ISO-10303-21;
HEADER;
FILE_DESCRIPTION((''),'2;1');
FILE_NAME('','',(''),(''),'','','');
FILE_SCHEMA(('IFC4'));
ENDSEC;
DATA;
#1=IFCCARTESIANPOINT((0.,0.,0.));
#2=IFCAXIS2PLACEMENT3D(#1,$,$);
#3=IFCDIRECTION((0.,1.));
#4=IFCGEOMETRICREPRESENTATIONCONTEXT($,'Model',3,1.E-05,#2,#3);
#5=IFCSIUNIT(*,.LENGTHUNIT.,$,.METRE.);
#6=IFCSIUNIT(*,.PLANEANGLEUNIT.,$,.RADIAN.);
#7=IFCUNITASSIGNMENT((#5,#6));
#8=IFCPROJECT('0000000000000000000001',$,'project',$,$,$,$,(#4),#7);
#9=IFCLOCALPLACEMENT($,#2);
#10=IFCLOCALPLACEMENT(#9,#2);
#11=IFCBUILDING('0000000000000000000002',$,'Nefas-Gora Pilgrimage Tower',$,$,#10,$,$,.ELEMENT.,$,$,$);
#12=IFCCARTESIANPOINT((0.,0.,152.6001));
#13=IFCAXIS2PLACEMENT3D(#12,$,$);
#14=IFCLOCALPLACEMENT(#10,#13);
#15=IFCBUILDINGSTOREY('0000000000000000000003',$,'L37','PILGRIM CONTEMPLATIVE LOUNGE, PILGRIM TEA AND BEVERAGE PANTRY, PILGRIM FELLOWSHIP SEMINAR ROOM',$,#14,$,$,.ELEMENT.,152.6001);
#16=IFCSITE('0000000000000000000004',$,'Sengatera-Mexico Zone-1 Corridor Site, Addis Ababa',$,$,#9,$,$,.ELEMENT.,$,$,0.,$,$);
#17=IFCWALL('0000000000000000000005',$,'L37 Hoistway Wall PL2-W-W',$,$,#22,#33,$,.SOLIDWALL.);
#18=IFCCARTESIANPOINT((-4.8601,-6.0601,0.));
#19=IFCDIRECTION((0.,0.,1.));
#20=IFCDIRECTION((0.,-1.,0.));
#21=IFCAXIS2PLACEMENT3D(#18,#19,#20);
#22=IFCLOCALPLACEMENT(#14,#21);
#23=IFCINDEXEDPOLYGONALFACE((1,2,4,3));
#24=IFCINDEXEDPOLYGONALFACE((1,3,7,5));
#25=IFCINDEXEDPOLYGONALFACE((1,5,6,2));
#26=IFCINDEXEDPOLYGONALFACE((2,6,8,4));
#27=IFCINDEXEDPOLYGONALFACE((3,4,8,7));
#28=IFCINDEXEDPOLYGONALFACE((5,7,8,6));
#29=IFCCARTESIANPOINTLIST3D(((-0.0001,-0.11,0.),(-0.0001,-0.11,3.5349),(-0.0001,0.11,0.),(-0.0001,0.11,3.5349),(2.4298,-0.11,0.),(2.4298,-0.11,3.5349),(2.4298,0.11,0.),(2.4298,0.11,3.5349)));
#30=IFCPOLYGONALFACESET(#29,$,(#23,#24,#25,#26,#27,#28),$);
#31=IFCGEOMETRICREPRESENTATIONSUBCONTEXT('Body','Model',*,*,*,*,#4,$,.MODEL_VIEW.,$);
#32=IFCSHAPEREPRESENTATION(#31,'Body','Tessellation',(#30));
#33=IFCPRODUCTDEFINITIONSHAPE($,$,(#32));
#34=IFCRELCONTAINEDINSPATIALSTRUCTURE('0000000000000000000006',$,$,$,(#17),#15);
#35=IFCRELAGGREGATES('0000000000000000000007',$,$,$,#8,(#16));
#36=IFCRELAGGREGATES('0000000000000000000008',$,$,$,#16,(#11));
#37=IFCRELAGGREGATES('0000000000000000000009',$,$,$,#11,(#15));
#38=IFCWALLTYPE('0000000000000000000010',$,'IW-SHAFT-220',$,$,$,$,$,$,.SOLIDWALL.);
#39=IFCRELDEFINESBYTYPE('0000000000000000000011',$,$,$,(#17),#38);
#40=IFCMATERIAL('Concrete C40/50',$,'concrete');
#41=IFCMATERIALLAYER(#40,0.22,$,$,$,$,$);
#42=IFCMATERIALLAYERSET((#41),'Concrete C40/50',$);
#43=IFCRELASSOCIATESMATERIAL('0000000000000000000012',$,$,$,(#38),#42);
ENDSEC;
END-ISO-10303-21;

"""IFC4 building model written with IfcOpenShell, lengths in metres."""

from ifc_helpers import new_model, si_unit, direction, frame, frame_2d, origin, place, context, subcontext, project, spatial, rectangle, extrude, source, transform, mapped, material, layer, layer_set, type_object, element, save


model = new_model("IFC4")

# Units and contexts
model_context = context("Model", 3, precision=1e-05, world=origin(), true_north=direction((0.0, 1.0)))
body_context = subcontext(model_context, "Body", "Model", "MODEL_VIEW")
ifc_project = project(units=[si_unit("LENGTHUNIT", "METRE"), si_unit("PLANEANGLEUNIT", "RADIAN")], contexts=[model_context])

# Site, building, storey
site_placement = place(None, origin())
site = spatial("IfcSite", under=ifc_project, at=site_placement, Name="Sengatera-Mexico Zone-1 Corridor Site, Addis Ababa", CompositionType="ELEMENT", RefElevation=0.0)
building_placement = place(site_placement, origin())
building = spatial("IfcBuilding", under=site, at=building_placement, Name="Nefas-Gora Pilgrimage Tower", CompositionType="ELEMENT")
storey_placement = place(building_placement, frame((0.0, 0.0, 152.6001)))
storey = spatial("IfcBuildingStorey", under=building, at=storey_placement, Name="L37", Description="PILGRIM CONTEMPLATIVE LOUNGE, PILGRIM TEA AND BEVERAGE PANTRY, PILGRIM FELLOWSHIP SEMINAR ROOM", CompositionType="ELEMENT", Elevation=152.6001)

# Wall
ifc_material_1 = material(Name="Concrete C40/50", Category="concrete")
ifc_layer_1 = layer(ifc_material_1, 0.22)
ifc_layer_set_1 = layer_set([ifc_layer_1], Name="Concrete C40/50")
wall_type_1 = type_object("IfcWallType", Name="IW-SHAFT-220", PredefinedType="SOLIDWALL", material=ifc_layer_set_1)
shared_shape_1 = source(origin(), body_context, "Body", "SweptSolid", [
    extrude(rectangle(XDim=2.4299, YDim=0.22, at=frame_2d((1.2148, 0.0))), origin(), (0.0, 0.0, 1.0), 3.5349),
])
wall_1_placement = place(storey_placement, frame((-4.8601, -6.0601, 0.0), z_axis=(0.0, 0.0, 1.0), x_axis=(0.0, -1.0, 0.0)))
element("IfcWall", 1, at=wall_1_placement, inside=storey, type_object=wall_type_1, Name="L37 Hoistway Wall PL2-W-W", PredefinedType="SOLIDWALL", context=body_context, shape_type="MappedRepresentation", body=[
    mapped(shared_shape_1, transform((0.0, 0.0, 0.0), x_axis=(1.0, 0.0, 0.0), y_axis=(0.0, 1.0, 0.0), z_axis=(0.0, 0.0, 1.0), scale=1.0)),
])

save(model, "model.ifc")
